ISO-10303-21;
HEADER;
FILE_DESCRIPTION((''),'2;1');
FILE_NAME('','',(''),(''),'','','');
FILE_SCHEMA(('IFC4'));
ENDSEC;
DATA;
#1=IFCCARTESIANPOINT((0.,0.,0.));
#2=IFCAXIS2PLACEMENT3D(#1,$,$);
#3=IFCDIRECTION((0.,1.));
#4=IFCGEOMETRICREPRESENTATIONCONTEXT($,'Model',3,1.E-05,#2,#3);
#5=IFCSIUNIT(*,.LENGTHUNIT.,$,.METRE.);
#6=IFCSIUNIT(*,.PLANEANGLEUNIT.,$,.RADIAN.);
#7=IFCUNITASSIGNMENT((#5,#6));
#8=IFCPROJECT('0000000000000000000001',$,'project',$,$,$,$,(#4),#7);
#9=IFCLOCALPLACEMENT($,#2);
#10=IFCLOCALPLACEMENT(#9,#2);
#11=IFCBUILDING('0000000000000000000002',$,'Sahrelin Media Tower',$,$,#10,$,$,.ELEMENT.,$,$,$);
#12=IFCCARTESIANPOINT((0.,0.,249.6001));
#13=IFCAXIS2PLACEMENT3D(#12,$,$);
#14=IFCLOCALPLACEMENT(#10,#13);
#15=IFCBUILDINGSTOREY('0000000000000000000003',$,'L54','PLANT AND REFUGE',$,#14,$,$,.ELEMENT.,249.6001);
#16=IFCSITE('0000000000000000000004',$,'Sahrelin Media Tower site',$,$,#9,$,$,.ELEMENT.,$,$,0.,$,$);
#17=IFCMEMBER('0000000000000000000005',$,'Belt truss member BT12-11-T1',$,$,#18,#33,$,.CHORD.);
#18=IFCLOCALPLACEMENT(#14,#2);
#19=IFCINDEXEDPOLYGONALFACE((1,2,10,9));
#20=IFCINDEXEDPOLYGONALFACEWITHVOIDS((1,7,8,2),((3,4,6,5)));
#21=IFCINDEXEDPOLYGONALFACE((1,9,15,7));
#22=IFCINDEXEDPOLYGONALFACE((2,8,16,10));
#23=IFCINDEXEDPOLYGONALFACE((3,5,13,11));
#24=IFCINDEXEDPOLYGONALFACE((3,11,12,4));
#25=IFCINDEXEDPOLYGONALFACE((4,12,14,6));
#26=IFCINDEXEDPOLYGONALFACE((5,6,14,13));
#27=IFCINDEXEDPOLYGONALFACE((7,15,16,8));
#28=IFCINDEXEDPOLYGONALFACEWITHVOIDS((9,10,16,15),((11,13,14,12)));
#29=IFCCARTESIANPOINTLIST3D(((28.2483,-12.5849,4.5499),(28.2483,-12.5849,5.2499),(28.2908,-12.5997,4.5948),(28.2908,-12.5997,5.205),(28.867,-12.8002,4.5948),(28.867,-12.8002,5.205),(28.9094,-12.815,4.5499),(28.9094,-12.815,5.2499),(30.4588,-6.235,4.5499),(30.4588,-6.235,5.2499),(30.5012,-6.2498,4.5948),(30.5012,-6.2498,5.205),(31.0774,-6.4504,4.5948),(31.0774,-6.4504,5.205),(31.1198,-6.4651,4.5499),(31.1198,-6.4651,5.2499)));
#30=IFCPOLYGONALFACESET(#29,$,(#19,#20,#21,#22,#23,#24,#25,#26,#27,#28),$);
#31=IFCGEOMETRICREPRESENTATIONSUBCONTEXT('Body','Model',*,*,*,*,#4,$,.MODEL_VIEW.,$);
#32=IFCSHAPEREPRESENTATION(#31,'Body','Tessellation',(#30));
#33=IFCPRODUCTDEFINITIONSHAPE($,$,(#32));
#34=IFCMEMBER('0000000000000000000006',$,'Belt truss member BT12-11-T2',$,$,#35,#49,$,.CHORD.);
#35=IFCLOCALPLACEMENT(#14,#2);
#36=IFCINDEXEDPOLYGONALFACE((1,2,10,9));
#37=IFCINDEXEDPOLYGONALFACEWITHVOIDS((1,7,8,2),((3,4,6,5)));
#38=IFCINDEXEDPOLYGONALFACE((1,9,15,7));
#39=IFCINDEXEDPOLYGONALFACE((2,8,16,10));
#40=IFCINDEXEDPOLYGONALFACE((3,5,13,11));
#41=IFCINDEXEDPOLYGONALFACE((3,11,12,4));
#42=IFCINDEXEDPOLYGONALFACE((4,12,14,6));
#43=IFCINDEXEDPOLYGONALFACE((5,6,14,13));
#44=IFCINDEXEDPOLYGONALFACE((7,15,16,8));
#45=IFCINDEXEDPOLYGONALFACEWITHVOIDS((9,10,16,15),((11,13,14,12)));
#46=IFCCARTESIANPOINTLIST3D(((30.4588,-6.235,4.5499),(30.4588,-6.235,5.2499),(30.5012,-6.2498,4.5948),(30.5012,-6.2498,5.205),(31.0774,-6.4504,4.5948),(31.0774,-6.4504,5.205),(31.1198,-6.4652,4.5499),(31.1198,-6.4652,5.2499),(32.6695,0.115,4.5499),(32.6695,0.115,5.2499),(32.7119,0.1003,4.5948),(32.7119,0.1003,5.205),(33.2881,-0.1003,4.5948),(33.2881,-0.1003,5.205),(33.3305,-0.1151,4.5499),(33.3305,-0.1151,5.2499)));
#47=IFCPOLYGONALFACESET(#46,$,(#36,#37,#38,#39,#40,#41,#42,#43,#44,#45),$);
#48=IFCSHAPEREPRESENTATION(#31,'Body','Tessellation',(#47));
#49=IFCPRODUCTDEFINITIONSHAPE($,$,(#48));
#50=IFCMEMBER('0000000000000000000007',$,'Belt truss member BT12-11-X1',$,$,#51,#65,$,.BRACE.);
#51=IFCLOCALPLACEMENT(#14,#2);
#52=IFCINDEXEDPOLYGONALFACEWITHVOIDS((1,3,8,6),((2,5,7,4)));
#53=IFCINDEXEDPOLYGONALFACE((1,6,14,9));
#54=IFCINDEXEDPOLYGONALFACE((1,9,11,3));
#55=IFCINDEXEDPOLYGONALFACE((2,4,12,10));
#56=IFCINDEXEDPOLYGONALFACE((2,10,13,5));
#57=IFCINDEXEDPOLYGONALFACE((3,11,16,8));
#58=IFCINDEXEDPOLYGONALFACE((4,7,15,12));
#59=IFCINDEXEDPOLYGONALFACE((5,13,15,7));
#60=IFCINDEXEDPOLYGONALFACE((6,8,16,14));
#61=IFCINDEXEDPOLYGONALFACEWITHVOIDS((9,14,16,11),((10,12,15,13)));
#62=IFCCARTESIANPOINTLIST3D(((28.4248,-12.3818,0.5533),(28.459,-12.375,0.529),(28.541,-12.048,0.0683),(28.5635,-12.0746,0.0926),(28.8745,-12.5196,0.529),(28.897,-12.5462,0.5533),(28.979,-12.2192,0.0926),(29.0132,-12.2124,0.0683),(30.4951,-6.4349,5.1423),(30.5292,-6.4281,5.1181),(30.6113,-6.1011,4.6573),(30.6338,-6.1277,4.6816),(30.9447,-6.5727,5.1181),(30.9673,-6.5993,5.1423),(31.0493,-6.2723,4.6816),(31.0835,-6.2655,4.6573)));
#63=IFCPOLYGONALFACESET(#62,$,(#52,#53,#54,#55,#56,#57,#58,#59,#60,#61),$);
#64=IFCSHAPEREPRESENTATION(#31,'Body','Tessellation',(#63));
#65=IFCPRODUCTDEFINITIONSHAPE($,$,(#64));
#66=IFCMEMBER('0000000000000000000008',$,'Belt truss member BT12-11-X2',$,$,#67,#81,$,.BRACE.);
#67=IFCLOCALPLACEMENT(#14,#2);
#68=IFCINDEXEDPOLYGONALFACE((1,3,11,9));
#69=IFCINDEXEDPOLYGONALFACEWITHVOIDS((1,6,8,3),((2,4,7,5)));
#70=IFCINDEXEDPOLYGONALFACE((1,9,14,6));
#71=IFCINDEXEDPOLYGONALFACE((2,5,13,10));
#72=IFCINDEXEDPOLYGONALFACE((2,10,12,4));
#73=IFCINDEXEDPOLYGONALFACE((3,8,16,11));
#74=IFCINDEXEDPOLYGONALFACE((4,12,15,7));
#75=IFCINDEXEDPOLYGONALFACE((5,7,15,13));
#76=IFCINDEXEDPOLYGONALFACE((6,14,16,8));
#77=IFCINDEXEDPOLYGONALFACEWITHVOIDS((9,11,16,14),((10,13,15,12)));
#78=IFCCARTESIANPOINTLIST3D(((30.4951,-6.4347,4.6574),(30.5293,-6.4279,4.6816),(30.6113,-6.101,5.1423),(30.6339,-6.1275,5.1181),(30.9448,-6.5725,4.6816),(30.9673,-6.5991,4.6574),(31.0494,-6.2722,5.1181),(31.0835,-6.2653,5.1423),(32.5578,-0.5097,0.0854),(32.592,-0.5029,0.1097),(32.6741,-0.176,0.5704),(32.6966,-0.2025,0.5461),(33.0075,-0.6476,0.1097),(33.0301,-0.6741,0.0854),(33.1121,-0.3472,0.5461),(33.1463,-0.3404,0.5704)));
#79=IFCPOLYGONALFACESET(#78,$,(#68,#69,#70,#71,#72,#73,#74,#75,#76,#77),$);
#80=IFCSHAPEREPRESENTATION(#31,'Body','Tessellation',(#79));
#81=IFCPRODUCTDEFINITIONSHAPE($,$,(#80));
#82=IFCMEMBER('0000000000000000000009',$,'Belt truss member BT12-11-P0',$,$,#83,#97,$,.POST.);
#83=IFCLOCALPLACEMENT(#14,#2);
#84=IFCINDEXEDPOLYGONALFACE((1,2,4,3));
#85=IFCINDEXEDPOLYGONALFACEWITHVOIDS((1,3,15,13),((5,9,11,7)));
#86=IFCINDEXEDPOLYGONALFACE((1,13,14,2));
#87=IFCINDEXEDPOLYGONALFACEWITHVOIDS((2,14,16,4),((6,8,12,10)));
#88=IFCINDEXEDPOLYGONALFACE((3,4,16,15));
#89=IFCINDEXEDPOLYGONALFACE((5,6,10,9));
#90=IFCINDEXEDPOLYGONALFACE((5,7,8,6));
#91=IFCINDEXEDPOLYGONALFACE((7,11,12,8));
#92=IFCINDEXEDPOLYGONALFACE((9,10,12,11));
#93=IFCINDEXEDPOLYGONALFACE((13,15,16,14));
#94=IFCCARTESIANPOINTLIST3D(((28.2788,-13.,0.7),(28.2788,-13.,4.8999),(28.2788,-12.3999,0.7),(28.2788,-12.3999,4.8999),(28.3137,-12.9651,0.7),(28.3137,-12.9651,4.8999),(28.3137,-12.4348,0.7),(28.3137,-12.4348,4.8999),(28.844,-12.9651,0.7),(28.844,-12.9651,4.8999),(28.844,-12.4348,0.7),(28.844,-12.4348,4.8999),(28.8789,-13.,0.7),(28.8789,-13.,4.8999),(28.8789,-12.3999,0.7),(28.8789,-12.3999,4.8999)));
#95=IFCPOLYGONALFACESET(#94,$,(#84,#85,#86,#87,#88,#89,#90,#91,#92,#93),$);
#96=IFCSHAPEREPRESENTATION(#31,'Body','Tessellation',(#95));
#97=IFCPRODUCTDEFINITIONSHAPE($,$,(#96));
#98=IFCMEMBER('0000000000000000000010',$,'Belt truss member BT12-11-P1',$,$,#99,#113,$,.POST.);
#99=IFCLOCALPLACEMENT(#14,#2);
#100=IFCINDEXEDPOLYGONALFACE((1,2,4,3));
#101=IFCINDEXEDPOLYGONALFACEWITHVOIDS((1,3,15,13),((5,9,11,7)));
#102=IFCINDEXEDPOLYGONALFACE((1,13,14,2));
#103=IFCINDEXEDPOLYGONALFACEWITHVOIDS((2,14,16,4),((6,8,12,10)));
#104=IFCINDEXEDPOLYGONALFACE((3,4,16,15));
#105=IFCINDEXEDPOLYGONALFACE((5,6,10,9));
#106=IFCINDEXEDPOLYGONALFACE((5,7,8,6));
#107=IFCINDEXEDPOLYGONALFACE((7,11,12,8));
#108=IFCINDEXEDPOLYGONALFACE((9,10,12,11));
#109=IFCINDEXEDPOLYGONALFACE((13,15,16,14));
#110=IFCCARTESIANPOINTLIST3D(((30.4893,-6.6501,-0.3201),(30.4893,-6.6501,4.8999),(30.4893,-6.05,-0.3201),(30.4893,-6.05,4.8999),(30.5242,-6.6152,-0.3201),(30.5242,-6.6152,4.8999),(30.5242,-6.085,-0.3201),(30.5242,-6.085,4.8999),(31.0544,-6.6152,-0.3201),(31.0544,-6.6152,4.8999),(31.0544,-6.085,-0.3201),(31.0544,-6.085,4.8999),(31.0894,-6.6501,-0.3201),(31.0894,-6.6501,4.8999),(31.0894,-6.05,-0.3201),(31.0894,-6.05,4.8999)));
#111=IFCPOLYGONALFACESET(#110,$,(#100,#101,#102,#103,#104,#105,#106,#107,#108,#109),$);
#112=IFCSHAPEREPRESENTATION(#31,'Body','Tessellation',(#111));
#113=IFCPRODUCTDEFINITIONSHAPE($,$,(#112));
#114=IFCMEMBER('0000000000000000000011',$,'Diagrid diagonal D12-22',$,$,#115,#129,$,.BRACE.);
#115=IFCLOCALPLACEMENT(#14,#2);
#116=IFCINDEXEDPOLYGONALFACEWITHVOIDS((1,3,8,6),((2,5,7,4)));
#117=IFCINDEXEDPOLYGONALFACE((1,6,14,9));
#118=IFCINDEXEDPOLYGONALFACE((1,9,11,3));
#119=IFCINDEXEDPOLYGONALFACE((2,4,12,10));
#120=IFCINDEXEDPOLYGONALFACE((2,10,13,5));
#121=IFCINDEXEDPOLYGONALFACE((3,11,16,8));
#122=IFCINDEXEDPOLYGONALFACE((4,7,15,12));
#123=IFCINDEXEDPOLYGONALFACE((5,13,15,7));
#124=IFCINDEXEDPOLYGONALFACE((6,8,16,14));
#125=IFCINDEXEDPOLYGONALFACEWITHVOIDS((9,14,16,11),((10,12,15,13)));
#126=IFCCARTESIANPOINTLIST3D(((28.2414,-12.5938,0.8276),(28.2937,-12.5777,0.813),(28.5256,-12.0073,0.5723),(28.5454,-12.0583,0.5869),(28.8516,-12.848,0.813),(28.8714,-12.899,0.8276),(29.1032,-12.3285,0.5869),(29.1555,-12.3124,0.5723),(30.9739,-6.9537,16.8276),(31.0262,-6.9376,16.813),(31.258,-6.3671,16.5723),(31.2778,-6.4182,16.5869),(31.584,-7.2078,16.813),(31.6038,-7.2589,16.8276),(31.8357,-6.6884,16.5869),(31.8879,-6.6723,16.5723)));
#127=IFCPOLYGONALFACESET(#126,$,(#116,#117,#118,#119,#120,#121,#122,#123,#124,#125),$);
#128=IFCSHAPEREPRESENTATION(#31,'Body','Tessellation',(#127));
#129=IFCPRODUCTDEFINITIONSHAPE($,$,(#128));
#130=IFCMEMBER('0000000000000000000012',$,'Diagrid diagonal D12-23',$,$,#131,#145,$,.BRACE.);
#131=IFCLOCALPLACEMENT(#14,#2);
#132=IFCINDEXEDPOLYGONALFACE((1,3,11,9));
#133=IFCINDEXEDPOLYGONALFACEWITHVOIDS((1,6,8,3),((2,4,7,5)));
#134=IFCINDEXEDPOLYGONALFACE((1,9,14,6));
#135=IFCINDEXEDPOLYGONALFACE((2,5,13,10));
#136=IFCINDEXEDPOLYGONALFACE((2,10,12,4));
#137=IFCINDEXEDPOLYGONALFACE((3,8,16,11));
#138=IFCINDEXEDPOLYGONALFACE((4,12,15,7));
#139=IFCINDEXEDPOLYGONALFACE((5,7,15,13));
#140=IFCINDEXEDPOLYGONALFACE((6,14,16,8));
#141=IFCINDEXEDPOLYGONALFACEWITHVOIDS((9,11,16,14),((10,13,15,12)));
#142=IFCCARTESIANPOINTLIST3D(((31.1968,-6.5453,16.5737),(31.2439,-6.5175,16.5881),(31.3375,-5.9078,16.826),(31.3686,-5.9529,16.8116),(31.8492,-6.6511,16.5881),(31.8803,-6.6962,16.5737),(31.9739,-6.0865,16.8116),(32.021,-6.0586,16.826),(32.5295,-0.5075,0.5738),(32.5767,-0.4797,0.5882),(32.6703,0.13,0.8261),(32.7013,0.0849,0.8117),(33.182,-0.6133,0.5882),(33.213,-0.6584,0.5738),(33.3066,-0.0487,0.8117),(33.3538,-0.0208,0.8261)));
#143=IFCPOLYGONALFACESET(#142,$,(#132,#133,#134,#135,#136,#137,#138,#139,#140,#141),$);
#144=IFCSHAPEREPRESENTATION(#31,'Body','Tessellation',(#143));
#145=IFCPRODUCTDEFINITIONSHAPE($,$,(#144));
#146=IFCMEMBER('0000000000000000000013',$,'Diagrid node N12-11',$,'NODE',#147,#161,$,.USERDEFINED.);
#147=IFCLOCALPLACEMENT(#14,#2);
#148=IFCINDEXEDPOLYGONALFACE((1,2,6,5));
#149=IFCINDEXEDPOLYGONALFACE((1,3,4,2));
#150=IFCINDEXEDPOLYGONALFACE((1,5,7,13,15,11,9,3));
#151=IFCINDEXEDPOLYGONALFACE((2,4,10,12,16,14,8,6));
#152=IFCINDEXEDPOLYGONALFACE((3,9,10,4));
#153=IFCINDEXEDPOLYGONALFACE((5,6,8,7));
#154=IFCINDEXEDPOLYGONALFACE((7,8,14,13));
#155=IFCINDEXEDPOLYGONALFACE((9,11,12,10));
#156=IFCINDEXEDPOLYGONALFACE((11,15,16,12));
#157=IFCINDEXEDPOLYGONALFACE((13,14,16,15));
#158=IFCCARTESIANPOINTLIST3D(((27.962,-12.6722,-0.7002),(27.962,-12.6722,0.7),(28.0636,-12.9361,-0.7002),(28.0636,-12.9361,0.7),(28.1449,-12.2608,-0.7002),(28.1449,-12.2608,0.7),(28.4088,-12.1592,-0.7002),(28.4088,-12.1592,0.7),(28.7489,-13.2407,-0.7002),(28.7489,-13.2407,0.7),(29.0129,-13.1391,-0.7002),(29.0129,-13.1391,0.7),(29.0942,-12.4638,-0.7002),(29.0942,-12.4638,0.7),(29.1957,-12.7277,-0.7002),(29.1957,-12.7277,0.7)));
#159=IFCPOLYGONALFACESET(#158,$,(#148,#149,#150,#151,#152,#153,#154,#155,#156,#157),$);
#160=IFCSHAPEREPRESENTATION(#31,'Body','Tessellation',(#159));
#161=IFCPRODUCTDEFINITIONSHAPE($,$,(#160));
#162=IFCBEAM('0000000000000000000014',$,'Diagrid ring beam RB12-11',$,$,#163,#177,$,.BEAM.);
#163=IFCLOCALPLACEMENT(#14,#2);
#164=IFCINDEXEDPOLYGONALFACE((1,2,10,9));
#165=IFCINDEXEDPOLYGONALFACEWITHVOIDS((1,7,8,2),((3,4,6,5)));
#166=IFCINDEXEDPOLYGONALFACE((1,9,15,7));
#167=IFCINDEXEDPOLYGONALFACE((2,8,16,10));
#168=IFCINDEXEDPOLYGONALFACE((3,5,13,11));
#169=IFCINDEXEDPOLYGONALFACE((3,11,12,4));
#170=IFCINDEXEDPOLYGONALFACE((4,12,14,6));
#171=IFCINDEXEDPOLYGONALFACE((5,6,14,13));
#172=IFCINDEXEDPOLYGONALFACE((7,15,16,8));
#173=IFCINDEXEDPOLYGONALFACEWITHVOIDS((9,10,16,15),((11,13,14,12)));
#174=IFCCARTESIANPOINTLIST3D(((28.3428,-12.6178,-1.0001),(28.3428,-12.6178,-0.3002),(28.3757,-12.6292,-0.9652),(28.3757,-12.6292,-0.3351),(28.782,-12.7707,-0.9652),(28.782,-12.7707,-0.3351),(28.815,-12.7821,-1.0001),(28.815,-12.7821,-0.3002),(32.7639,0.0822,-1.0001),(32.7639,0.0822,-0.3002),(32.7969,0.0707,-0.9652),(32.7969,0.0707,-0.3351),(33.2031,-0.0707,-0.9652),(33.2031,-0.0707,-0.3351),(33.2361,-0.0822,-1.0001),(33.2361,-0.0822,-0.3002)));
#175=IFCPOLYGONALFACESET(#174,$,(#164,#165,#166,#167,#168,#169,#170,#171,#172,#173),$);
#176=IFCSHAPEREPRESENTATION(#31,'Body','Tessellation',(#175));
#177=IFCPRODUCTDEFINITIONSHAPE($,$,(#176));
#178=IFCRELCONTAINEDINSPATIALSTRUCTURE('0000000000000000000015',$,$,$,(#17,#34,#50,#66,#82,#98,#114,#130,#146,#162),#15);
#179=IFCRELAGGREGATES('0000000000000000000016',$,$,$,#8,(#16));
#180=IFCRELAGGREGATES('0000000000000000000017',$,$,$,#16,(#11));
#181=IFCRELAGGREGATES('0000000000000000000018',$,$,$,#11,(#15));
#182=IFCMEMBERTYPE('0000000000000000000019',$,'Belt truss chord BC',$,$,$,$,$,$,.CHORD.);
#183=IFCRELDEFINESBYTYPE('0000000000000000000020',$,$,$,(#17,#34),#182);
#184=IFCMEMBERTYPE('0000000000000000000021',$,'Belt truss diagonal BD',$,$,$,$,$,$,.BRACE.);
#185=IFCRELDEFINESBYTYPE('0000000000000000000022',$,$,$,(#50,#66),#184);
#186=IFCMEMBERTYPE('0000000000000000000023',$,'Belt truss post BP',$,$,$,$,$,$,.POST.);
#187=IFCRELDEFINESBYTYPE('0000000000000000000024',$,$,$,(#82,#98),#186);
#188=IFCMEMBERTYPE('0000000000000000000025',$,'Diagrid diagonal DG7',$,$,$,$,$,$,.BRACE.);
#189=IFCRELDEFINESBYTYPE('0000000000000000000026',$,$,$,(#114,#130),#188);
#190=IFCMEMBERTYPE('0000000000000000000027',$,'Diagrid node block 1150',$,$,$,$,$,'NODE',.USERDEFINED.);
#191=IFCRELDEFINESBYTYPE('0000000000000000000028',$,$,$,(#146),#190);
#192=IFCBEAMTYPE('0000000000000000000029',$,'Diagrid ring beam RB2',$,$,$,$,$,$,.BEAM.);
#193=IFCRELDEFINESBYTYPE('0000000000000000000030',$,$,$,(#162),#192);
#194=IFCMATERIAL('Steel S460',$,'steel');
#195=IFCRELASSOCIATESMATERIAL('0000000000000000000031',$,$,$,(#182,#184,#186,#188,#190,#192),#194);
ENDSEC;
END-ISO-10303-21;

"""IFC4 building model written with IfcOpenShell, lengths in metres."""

from ifc_helpers import new_model, si_unit, direction, frame, origin, origin_2d, place, context, subcontext, project, spatial, polyline, hollow_rectangle, outline, extrude, material, material_profile, profile_set, type_object, element, save


model = new_model("IFC4")

# Units and contexts
model_context = context("Model", 3, precision=1e-05, world=origin(), true_north=direction((0.0, 1.0)))
body_context = subcontext(model_context, "Body", "Model", "MODEL_VIEW")
ifc_project = project(units=[si_unit("LENGTHUNIT", "METRE"), si_unit("PLANEANGLEUNIT", "RADIAN")], contexts=[model_context])

# Site, building, storey
site_placement = place(None, origin())
site = spatial("IfcSite", under=ifc_project, at=site_placement, Name="Sahrelin Media Tower site", CompositionType="ELEMENT", RefElevation=0.0)
building_placement = place(site_placement, origin())
building = spatial("IfcBuilding", under=site, at=building_placement, Name="Sahrelin Media Tower", CompositionType="ELEMENT")
storey_placement = place(building_placement, frame((0.0, 0.0, 249.6001)))
storey = spatial("IfcBuildingStorey", under=building, at=storey_placement, Name="L54", Description="PLANT AND REFUGE", CompositionType="ELEMENT", Elevation=249.6001)

# Members
ifc_material_1 = material(Name="Steel S460", Category="steel")
ifc_material_profile_1 = material_profile(ifc_material_1, hollow_rectangle(XDim=0.7, YDim=0.7, WallThickness=0.0449, at=origin_2d()), Name="Belt truss chord BC")
ifc_profile_set_1 = profile_set([ifc_material_profile_1], Name="Steel S460")
member_type_1 = type_object("IfcMemberType", Name="Belt truss chord BC", PredefinedType="CHORD", material=ifc_profile_set_1)
member_1_placement = place(storey_placement, frame((28.5789, -12.7, 4.8999), z_axis=(0.32876, 0.944413, 0.0), x_axis=(-0.944413, 0.32876, 0.0)))
element("IfcMember", 1, at=member_1_placement, inside=storey, type_object=member_type_1, Name="Belt truss member BT12-11-T1", PredefinedType="CHORD", context=body_context, shape_type="SweptSolid", body=[
    extrude(hollow_rectangle(XDim=0.7, YDim=0.7, WallThickness=0.0449, at=origin_2d()), origin(), (0.0, 0.0, 1.0), 6.7236),
])
member_2_placement = place(storey_placement, frame((30.7893, -6.3501, 4.8999), z_axis=(0.328781, 0.944406, 0.0), x_axis=(-0.944406, 0.328781, 0.0)))
element("IfcMember", 2, at=member_2_placement, inside=storey, type_object=member_type_1, Name="Belt truss member BT12-11-T2", PredefinedType="CHORD", context=body_context, shape_type="SweptSolid", body=[
    extrude(hollow_rectangle(XDim=0.7, YDim=0.7, WallThickness=0.0449, at=origin_2d()), origin(), (0.0, 0.0, 1.0), 6.7239),
])
ifc_material_profile_2 = material_profile(ifc_material_1, hollow_rectangle(XDim=0.5, YDim=0.6001, WallThickness=0.03, at=origin_2d()), Name="Belt truss diagonal BD")
ifc_profile_set_2 = profile_set([ifc_material_profile_2], Name="Steel S460")
member_type_2 = type_object("IfcMemberType", Name="Belt truss diagonal BD", PredefinedType="BRACE", material=ifc_profile_set_2)
member_3_placement = place(storey_placement, frame((28.719, -12.2971, 0.3108), z_axis=(0.265702, 0.763234, 0.588962), x_axis=(-0.944409, 0.328773, 0.0)))
element("IfcMember", 3, at=member_3_placement, inside=storey, type_object=member_type_2, Name="Belt truss member BT12-11-X1", PredefinedType="BRACE", context=body_context, shape_type="SweptSolid", body=[
    extrude(hollow_rectangle(XDim=0.5, YDim=0.6001, WallThickness=0.03, at=origin_2d()), origin(), (0.0, 0.0, 1.0), 7.7917),
])
member_4_placement = place(storey_placement, frame((32.8521, -0.425, 0.3279), z_axis=(-0.265714, -0.76324, 0.588949), x_axis=(0.944405, -0.328785, 0.0)))
element("IfcMember", 4, at=member_4_placement, inside=storey, type_object=member_type_2, Name="Belt truss member BT12-11-X2", PredefinedType="BRACE", context=body_context, shape_type="SweptSolid", body=[
    extrude(hollow_rectangle(XDim=0.5, YDim=0.6001, WallThickness=0.03, at=origin_2d()), origin(), (0.0, 0.0, 1.0), 7.7629),
])
ifc_material_profile_3 = material_profile(ifc_material_1, hollow_rectangle(XDim=0.6001, YDim=0.6001, WallThickness=0.0349, at=origin_2d()), Name="Belt truss post BP")
ifc_profile_set_3 = profile_set([ifc_material_profile_3], Name="Steel S460")
member_type_3 = type_object("IfcMemberType", Name="Belt truss post BP", PredefinedType="POST", material=ifc_profile_set_3)
member_5_placement = place(storey_placement, frame((28.5789, -12.7, 0.7), z_axis=(0.0, 0.0, 1.0), x_axis=(1.0, 0.0, 0.0)))
element("IfcMember", 5, at=member_5_placement, inside=storey, type_object=member_type_3, Name="Belt truss member BT12-11-P0", PredefinedType="POST", context=body_context, shape_type="SweptSolid", body=[
    extrude(hollow_rectangle(XDim=0.6001, YDim=0.6001, WallThickness=0.0349, at=origin_2d()), origin(), (0.0, 0.0, 1.0), 4.2),
])
member_6_placement = place(storey_placement, frame((30.7893, -6.3501, -0.3201), z_axis=(0.0, 0.0, 1.0), x_axis=(1.0, 0.0, 0.0)))
element("IfcMember", 6, at=member_6_placement, inside=storey, type_object=member_type_3, Name="Belt truss member BT12-11-P1", PredefinedType="POST", context=body_context, shape_type="SweptSolid", body=[
    extrude(hollow_rectangle(XDim=0.6001, YDim=0.6001, WallThickness=0.0349, at=origin_2d()), origin(), (0.0, 0.0, 1.0), 5.22),
])
ifc_material_profile_4 = material_profile(ifc_material_1, hollow_rectangle(XDim=0.7, YDim=0.7, WallThickness=0.04, at=origin_2d()), Name="Diagrid diagonal DG7")
ifc_profile_set_4 = profile_set([ifc_material_profile_4], Name="Steel S460")
member_type_4 = type_object("IfcMemberType", Name="Diagrid diagonal DG7", PredefinedType="BRACE", material=ifc_profile_set_4)
member_7_placement = place(storey_placement, frame((28.6985, -12.4531, 0.7), z_axis=(0.159013, 0.328227, 0.931119), x_axis=(-0.899951, 0.435991, 0.0)))
element("IfcMember", 7, at=member_7_placement, inside=storey, type_object=member_type_4, Name="Diagrid diagonal D12-22", PredefinedType="BRACE", context=body_context, shape_type="SweptSolid", body=[
    extrude(hollow_rectangle(XDim=0.7, YDim=0.7, WallThickness=0.04, at=origin_2d()), origin(), (0.0, 0.0, 1.0), 17.1836),
])
member_8_placement = place(storey_placement, frame((32.9417, -0.2642, 0.7), z_axis=(-0.077698, -0.351995, 0.932771), x_axis=(0.976494, -0.215546, 0.0)))
element("IfcMember", 8, at=member_8_placement, inside=storey, type_object=member_type_4, Name="Diagrid diagonal D12-23", PredefinedType="BRACE", context=body_context, shape_type="SweptSolid", body=[
    extrude(hollow_rectangle(XDim=0.7, YDim=0.7, WallThickness=0.04, at=origin_2d()), origin(), (0.0, 0.0, 1.0), 17.1531),
])
ifc_material_profile_5 = material_profile(ifc_material_1, outline(polyline([(0.375, -0.425), (0.575, -0.2251), (0.575, 0.2251), (0.375, 0.425), (-0.375, 0.425), (-0.575, 0.2251), (-0.575, -0.2251), (-0.375, -0.425), (0.375, -0.425)])), Name="Diagrid node block 1150")
ifc_profile_set_5 = profile_set([ifc_material_profile_5], Name="Steel S460")
member_type_5 = type_object("IfcMemberType", Name="Diagrid node block 1150", ElementType="NODE", PredefinedType="USERDEFINED", material=ifc_profile_set_5)
member_9_placement = place(storey_placement, frame((28.5789, -12.7, -0.7002), z_axis=(0.0, 0.0, 1.0), x_axis=(0.913831, -0.406094, 0.0)))
element("IfcMember", 9, at=member_9_placement, inside=storey, type_object=member_type_5, Name="Diagrid node N12-11", ObjectType="NODE", PredefinedType="USERDEFINED", context=body_context, shape_type="SweptSolid", body=[
    extrude(outline(polyline([(0.375, -0.425), (0.575, -0.2251), (0.575, 0.2251), (0.375, 0.425), (-0.375, 0.425), (-0.575, 0.2251), (-0.575, -0.2251), (-0.375, -0.425), (0.375, -0.425)])), origin(), (0.0, 0.0, 1.0), 1.4001),
])

# Beam
ifc_material_profile_6 = material_profile(ifc_material_1, hollow_rectangle(XDim=0.5, YDim=0.7, WallThickness=0.0349, at=origin_2d()), Name="Diagrid ring beam RB2")
ifc_profile_set_6 = profile_set([ifc_material_profile_6], Name="Steel S460")
beam_type_1 = type_object("IfcBeamType", Name="Diagrid ring beam RB2", PredefinedType="BEAM", material=ifc_profile_set_6)
beam_1_placement = place(storey_placement, frame((28.5789, -12.7, -0.6501), z_axis=(0.328771, 0.94441, 0.0), x_axis=(-0.94441, 0.328771, 0.0)))
element("IfcBeam", 10, at=beam_1_placement, inside=storey, type_object=beam_type_1, Name="Diagrid ring beam RB12-11", PredefinedType="BEAM", context=body_context, shape_type="SweptSolid", body=[
    extrude(hollow_rectangle(XDim=0.5, YDim=0.7, WallThickness=0.0349, at=origin_2d()), origin(), (0.0, 0.0, 1.0), 13.4475),
])

save(model, "model.ifc")
